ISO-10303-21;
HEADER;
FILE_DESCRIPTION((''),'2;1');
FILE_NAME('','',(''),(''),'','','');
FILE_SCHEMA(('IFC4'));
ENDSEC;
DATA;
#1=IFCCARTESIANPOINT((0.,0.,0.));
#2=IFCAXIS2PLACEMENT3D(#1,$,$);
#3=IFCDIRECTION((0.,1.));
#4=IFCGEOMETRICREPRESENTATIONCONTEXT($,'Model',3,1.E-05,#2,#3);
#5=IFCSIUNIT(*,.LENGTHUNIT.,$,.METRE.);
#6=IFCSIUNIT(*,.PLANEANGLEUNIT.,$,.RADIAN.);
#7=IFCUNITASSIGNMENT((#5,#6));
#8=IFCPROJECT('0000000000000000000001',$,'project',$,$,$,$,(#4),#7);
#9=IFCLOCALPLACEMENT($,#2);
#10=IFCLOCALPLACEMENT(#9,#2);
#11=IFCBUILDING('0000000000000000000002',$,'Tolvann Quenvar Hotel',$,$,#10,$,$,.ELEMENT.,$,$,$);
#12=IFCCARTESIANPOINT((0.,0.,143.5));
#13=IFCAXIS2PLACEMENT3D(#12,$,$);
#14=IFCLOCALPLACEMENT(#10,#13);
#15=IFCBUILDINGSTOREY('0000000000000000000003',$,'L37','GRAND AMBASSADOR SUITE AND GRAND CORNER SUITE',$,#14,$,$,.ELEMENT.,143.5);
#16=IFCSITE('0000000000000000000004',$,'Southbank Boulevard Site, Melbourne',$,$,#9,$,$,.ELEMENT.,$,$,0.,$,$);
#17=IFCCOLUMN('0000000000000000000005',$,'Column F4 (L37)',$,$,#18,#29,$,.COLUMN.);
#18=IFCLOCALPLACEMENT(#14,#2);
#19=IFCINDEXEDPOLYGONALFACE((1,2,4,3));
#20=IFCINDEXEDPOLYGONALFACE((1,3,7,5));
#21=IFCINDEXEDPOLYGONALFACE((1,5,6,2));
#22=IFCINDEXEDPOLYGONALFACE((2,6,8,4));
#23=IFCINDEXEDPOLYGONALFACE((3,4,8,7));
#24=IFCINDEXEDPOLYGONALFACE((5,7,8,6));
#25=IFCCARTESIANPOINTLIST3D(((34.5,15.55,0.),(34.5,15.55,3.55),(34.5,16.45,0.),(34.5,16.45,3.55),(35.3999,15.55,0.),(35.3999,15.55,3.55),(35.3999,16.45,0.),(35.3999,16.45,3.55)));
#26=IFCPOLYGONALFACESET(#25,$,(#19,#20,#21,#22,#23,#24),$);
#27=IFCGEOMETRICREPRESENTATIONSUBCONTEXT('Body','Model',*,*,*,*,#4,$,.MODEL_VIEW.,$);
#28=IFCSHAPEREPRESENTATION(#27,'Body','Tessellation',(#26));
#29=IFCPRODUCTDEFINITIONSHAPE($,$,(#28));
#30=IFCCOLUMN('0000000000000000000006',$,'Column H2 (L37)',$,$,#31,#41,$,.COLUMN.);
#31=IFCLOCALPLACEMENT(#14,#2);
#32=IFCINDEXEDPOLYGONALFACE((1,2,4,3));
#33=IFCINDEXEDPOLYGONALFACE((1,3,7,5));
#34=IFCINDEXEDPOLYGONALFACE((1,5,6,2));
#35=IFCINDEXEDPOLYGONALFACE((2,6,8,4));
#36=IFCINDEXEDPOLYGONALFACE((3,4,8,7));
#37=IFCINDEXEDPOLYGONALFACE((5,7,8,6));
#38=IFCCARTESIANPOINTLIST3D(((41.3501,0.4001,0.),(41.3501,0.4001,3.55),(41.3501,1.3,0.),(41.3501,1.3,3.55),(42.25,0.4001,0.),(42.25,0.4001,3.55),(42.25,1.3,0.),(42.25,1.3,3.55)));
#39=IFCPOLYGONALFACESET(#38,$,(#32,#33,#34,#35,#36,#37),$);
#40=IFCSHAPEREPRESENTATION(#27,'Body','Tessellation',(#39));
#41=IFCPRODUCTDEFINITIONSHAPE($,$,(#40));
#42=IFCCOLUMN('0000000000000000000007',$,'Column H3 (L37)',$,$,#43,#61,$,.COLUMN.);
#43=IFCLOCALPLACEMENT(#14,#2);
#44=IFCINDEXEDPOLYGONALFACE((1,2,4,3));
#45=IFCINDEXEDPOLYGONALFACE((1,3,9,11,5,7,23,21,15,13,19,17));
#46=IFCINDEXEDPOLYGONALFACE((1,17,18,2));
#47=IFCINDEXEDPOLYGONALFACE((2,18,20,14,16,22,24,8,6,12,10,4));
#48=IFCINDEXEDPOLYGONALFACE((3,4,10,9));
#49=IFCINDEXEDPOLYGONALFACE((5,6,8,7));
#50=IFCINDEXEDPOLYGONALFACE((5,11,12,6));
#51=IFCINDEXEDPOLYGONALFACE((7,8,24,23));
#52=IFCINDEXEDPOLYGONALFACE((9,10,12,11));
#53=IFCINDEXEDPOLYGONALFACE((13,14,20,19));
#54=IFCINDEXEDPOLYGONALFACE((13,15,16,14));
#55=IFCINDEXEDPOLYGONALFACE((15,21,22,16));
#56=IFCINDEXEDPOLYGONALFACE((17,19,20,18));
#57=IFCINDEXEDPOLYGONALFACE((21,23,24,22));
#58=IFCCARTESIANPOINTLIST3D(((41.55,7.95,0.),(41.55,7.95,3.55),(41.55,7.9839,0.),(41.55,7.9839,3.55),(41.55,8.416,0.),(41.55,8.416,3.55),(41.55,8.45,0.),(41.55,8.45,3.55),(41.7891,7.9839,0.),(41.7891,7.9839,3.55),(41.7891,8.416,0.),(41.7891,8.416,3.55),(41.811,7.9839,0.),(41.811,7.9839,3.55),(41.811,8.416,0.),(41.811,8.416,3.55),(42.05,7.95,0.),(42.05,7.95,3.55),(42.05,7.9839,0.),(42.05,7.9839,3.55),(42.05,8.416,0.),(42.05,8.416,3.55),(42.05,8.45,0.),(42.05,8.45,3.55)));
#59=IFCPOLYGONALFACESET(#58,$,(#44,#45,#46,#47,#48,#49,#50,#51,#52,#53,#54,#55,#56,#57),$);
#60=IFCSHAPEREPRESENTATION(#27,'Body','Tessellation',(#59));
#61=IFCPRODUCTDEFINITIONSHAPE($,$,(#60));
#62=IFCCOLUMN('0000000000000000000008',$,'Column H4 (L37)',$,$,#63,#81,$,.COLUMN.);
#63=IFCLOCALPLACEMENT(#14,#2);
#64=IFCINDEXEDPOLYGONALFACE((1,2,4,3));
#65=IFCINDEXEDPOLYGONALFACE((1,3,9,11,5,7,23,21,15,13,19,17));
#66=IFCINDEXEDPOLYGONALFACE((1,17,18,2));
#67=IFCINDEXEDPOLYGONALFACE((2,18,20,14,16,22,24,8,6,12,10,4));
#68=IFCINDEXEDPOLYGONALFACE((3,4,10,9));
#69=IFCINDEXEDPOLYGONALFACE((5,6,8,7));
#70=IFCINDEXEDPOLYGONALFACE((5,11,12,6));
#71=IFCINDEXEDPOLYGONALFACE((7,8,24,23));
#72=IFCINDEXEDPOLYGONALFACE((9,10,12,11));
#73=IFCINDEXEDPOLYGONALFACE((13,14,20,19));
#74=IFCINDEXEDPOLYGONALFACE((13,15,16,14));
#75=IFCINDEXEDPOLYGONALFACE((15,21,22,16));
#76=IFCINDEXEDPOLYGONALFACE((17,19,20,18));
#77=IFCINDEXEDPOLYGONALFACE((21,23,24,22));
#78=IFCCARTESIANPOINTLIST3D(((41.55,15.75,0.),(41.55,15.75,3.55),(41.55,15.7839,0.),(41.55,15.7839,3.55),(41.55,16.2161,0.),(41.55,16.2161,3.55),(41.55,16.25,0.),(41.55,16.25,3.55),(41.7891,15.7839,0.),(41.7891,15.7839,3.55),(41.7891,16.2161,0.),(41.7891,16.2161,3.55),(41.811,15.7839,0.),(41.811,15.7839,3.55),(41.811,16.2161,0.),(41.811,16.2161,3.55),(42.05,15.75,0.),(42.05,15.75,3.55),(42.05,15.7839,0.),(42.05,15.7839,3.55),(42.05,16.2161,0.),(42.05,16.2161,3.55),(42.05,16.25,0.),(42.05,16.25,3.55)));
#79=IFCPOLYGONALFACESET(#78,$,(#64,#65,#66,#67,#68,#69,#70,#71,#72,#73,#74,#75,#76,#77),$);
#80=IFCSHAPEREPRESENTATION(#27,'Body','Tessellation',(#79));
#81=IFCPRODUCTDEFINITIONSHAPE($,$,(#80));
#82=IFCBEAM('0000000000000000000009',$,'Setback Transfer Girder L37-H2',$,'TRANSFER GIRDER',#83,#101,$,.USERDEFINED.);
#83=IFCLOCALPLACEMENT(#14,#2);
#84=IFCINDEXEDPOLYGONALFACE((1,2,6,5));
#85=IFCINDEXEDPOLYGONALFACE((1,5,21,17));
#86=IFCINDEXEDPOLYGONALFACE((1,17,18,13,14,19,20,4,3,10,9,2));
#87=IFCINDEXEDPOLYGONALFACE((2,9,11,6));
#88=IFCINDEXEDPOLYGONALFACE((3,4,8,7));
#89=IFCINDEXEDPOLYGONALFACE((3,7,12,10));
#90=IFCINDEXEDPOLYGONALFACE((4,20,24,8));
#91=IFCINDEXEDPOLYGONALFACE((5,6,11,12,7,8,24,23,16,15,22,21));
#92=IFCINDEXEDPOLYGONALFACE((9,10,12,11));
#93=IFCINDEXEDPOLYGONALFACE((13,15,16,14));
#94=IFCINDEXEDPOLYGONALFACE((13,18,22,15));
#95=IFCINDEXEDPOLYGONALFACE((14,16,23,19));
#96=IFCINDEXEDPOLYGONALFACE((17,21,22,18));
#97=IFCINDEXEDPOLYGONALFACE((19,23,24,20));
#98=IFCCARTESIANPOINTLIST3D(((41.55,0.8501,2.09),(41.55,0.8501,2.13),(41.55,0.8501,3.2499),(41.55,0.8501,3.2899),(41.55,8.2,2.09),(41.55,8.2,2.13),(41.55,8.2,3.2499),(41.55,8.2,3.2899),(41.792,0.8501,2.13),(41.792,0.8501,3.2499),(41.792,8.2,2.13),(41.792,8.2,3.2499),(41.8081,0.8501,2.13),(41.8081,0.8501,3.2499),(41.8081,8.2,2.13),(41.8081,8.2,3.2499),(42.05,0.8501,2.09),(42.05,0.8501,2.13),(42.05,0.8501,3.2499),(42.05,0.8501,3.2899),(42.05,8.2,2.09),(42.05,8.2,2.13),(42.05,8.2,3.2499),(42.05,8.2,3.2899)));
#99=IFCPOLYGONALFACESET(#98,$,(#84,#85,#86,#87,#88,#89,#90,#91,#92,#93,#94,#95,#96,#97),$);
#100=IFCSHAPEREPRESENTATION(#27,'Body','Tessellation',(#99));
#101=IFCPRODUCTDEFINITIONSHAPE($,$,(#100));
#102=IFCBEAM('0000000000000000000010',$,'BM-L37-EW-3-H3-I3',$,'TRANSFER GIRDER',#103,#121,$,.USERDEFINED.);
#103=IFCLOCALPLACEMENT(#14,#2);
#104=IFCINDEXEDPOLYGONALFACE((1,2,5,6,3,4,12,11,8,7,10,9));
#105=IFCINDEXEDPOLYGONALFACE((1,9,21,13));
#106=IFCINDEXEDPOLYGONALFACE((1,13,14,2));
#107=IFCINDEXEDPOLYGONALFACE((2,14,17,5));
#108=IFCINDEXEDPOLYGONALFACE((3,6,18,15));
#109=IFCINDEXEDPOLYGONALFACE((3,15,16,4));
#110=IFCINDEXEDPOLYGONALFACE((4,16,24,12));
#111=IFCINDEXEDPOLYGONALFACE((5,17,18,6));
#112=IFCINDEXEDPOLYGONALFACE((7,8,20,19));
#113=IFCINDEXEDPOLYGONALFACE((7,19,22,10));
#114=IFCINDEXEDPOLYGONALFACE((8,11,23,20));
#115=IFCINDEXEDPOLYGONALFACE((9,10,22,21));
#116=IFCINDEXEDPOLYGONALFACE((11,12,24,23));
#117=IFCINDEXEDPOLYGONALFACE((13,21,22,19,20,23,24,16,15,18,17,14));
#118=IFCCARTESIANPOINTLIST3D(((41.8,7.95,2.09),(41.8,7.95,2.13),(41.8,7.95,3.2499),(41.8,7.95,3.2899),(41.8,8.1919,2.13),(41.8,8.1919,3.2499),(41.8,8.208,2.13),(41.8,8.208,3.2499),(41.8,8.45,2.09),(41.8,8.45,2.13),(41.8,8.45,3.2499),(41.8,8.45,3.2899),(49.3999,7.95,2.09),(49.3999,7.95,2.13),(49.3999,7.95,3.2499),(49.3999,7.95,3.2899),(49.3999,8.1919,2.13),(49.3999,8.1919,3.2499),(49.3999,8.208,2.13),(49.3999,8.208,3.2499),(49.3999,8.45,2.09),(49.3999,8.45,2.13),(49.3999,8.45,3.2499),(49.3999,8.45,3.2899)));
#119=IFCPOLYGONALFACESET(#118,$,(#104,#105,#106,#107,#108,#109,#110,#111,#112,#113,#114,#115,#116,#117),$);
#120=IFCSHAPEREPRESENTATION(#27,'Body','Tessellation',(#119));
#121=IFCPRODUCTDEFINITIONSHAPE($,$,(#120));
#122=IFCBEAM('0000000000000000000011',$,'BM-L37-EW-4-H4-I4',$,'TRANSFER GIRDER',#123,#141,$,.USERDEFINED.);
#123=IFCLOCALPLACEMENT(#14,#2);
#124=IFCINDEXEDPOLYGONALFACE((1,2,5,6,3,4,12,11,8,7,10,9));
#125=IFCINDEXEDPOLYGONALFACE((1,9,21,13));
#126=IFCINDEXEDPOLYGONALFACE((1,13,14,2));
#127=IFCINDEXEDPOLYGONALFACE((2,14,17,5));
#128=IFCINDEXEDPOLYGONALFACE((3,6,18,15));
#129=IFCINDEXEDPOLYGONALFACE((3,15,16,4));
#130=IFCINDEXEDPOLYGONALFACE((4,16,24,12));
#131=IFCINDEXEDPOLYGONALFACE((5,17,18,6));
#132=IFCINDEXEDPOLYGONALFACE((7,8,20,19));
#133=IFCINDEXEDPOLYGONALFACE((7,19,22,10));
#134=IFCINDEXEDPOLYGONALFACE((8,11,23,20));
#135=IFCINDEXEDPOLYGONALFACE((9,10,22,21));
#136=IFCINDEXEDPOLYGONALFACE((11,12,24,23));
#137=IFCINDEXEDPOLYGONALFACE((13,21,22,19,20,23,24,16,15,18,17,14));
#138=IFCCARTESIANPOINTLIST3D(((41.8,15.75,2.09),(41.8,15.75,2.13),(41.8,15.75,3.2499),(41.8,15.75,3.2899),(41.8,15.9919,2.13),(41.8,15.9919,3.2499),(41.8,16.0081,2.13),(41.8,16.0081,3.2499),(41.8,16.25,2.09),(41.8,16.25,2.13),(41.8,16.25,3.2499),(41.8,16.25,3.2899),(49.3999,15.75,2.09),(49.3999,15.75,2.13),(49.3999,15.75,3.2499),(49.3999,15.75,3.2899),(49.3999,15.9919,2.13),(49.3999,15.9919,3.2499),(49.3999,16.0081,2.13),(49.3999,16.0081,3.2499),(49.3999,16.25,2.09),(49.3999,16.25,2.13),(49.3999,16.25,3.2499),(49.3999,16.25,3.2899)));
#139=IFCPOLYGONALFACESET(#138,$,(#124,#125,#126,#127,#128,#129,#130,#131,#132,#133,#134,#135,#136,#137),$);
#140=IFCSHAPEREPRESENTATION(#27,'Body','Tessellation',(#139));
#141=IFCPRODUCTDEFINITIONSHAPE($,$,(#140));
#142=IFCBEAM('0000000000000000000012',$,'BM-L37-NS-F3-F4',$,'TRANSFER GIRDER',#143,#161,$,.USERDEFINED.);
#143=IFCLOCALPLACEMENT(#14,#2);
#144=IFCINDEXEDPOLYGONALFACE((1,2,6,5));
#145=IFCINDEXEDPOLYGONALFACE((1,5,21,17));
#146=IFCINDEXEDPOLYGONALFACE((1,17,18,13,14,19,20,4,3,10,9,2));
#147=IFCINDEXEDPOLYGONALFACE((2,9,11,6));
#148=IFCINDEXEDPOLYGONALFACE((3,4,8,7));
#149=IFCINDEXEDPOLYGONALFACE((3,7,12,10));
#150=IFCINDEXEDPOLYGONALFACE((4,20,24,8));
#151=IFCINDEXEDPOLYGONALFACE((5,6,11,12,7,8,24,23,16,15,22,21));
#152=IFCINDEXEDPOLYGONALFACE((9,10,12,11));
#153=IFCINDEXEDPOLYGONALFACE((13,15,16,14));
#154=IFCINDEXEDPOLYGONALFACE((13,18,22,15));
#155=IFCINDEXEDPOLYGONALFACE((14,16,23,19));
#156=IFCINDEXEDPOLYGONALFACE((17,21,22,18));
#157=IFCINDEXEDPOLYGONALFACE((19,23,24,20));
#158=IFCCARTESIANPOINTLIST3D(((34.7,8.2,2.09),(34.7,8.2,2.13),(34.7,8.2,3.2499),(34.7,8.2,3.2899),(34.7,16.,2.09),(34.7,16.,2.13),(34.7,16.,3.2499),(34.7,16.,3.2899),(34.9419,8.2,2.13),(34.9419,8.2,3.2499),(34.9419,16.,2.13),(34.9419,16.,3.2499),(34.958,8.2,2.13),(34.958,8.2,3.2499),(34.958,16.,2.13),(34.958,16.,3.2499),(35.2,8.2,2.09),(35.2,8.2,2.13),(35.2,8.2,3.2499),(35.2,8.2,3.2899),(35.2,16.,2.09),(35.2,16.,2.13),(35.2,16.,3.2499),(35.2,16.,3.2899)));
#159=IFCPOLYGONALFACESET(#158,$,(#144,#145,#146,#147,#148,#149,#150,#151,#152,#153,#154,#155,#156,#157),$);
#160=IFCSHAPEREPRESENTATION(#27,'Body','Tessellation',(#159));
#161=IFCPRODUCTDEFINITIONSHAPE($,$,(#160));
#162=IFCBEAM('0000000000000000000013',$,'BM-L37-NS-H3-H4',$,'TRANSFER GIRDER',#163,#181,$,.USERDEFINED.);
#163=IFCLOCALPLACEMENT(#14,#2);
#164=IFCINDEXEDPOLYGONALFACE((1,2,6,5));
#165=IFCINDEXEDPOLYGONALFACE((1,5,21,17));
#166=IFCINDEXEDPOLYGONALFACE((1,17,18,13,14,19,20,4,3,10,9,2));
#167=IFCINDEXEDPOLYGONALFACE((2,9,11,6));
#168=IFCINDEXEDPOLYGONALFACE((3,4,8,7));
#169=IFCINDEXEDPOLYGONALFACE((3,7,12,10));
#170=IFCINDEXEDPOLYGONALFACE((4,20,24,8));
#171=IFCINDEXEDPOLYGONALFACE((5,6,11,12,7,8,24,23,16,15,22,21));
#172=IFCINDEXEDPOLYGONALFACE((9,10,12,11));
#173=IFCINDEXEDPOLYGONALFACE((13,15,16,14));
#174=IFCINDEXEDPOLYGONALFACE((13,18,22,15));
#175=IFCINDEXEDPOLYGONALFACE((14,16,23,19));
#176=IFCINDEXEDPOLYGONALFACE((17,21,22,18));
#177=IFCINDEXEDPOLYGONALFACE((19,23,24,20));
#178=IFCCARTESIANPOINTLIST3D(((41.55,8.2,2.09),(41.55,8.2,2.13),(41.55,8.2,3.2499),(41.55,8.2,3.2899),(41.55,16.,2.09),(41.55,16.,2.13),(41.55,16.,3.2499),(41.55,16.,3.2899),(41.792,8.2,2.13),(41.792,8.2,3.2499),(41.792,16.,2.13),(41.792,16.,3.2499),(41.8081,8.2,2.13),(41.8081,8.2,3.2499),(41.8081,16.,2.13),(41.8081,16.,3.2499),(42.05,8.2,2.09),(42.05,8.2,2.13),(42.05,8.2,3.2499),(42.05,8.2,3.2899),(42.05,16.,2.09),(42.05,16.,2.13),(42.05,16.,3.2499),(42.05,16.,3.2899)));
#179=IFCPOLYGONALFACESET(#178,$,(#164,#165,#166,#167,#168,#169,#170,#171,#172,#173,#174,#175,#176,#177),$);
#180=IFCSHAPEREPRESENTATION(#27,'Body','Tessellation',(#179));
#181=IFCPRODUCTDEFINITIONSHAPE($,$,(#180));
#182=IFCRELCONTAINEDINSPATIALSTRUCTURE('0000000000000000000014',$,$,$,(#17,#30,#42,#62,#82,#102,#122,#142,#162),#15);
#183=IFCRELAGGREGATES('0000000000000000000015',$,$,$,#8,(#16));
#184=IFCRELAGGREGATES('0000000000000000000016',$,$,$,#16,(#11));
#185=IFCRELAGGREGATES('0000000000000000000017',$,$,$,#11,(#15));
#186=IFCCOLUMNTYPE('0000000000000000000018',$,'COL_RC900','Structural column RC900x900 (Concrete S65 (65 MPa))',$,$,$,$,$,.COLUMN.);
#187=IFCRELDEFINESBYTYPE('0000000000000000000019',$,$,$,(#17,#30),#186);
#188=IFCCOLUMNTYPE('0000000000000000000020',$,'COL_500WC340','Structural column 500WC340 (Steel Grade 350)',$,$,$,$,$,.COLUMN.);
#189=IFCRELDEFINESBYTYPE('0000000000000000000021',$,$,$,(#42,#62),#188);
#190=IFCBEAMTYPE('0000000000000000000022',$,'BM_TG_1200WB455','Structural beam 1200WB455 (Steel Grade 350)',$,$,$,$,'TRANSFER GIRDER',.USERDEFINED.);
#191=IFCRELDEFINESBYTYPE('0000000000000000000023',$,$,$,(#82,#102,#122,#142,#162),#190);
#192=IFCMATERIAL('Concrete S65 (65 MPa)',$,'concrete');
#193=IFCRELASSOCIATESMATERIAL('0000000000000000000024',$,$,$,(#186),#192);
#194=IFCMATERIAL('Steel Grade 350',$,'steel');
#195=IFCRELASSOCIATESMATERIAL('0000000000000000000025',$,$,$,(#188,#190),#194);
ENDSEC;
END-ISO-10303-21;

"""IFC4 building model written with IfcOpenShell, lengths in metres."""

from ifc_helpers import new_model, si_unit, direction, frame, origin, origin_2d, place, context, subcontext, project, spatial, rectangle, i_section, extrude, source, transform, mapped, material, material_profile, profile_set, type_object, type_shapes, element, save


model = new_model("IFC4")

# Units and contexts
model_context = context("Model", 3, precision=1e-05, world=origin(), true_north=direction((0.0, 1.0)))
body_context = subcontext(model_context, "Body", "Model", "MODEL_VIEW")
ifc_project = project(units=[si_unit("LENGTHUNIT", "METRE"), si_unit("PLANEANGLEUNIT", "RADIAN")], contexts=[model_context])

# Site, building, storey
site_placement = place(None, origin())
site = spatial("IfcSite", under=ifc_project, at=site_placement, Name="Southbank Boulevard Site, Melbourne", CompositionType="ELEMENT", RefElevation=0.0)
building_placement = place(site_placement, origin())
building = spatial("IfcBuilding", under=site, at=building_placement, Name="Tolvann Quenvar Hotel", CompositionType="ELEMENT")
storey_placement = place(building_placement, frame((0.0, 0.0, 143.5)))
storey = spatial("IfcBuildingStorey", under=building, at=storey_placement, Name="L37", Description="GRAND AMBASSADOR SUITE AND GRAND CORNER SUITE", CompositionType="ELEMENT", Elevation=143.5)

# Columns
ifc_material_1 = material(Name="Concrete S65 (65 MPa)", Category="concrete")
ifc_material_profile_1 = material_profile(ifc_material_1, rectangle(XDim=0.8999, YDim=0.8999, at=origin_2d()), Name="RC900x900")
ifc_profile_set_1 = profile_set([ifc_material_profile_1], Name="Concrete S65 (65 MPa)")
column_type_1 = type_object("IfcColumnType", Name="COL_RC900", Description="Structural column RC900x900 (Concrete S65 (65 MPa))", PredefinedType="COLUMN", material=ifc_profile_set_1)
shared_shape_1 = source(origin(), body_context, "Body", "SweptSolid", [
    extrude(rectangle(XDim=0.8999, YDim=0.8999, at=origin_2d()), origin(), (0.0, 0.0, 1.0), 3.55),
])
type_shapes(column_type_1, [shared_shape_1])
for number, where, z_axis, x_axis, name in (
    (1, (34.95, 16.0, 0.0), (0.0, 0.0, 1.0), (1.0, 0.0, 0.0), "Column F4 (L37)"),
    (2, (41.8, 0.8501, 0.0), (0.0, 0.0, 1.0), (1.0, 0.0, 0.0), "Column H2 (L37)"),
):
    element("IfcColumn", number, at=place(storey_placement, frame(where, z_axis=z_axis, x_axis=x_axis)), inside=storey, type_object=column_type_1, Name=name, PredefinedType="COLUMN", context=body_context, shape_type="MappedRepresentation", body=[
        mapped(shared_shape_1, transform((0.0, 0.0, 0.0), x_axis=(1.0, 0.0, 0.0), y_axis=(0.0, 1.0, 0.0), z_axis=(0.0, 0.0, 1.0), scale=1.0)),
    ])
ifc_material_2 = material(Name="Steel Grade 350", Category="steel")
ifc_material_profile_2 = material_profile(ifc_material_2, i_section(OverallWidth=0.5, OverallDepth=0.5, WebThickness=0.022, FlangeThickness=0.0339, at=origin_2d()), Name="500WC340")
ifc_profile_set_2 = profile_set([ifc_material_profile_2], Name="Steel Grade 350")
column_type_2 = type_object("IfcColumnType", Name="COL_500WC340", Description="Structural column 500WC340 (Steel Grade 350)", PredefinedType="COLUMN", material=ifc_profile_set_2)
shared_shape_2 = source(origin(), body_context, "Body", "SweptSolid", [
    extrude(i_section(OverallWidth=0.5, OverallDepth=0.5, WebThickness=0.022, FlangeThickness=0.0339, at=origin_2d()), origin(), (0.0, 0.0, 1.0), 3.55),
])
type_shapes(column_type_2, [shared_shape_2])
for number, where, z_axis, x_axis, name in (
    (3, (41.8, 8.2, 0.0), (0.0, 0.0, 1.0), (1.0, 0.0, 0.0), "Column H3 (L37)"),
    (4, (41.8, 16.0, 0.0), (0.0, 0.0, 1.0), (1.0, 0.0, 0.0), "Column H4 (L37)"),
):
    element("IfcColumn", number, at=place(storey_placement, frame(where, z_axis=z_axis, x_axis=x_axis)), inside=storey, type_object=column_type_2, Name=name, PredefinedType="COLUMN", context=body_context, shape_type="MappedRepresentation", body=[
        mapped(shared_shape_2, transform((0.0, 0.0, 0.0), x_axis=(1.0, 0.0, 0.0), y_axis=(0.0, 1.0, 0.0), z_axis=(0.0, 0.0, 1.0), scale=1.0)),
    ])

# Beams
ifc_material_profile_3 = material_profile(ifc_material_2, i_section(OverallWidth=0.5, OverallDepth=1.2, WebThickness=0.0161, FlangeThickness=0.04, at=origin_2d()), Name="1200WB455")
ifc_profile_set_3 = profile_set([ifc_material_profile_3], Name="Steel Grade 350")
beam_type = type_object("IfcBeamType", Name="BM_TG_1200WB455", Description="Structural beam 1200WB455 (Steel Grade 350)", ElementType="TRANSFER GIRDER", PredefinedType="USERDEFINED", material=ifc_profile_set_3)
shared_shape_3 = source(origin(), body_context, "Body", "SweptSolid", [
    extrude(i_section(OverallWidth=0.5, OverallDepth=1.2, WebThickness=0.0161, FlangeThickness=0.04, at=origin_2d()), origin(), (0.0, 0.0, 1.0), 7.3499),
])
beam_1_placement = place(storey_placement, frame((41.8, 0.8501, 2.6899), z_axis=(0.0, 1.0, 0.0), x_axis=(-1.0, 0.0, 0.0)))
element("IfcBeam", 5, at=beam_1_placement, inside=storey, type_object=beam_type, Name="Setback Transfer Girder L37-H2", ObjectType="TRANSFER GIRDER", PredefinedType="USERDEFINED", context=body_context, shape_type="MappedRepresentation", body=[
    mapped(shared_shape_3, transform((0.0, 0.0, 0.0), x_axis=(1.0, 0.0, 0.0), y_axis=(0.0, 1.0, 0.0), z_axis=(0.0, 0.0, 1.0), scale=1.0)),
])
shared_shape_4 = source(origin(), body_context, "Body", "SweptSolid", [
    extrude(i_section(OverallWidth=0.5, OverallDepth=1.2, WebThickness=0.0161, FlangeThickness=0.04, at=origin_2d()), origin(), (0.0, 0.0, 1.0), 7.5999),
])
for number, where, z_axis, x_axis, name in (
    (6, (41.8, 8.2, 2.6899), (1.0, 0.0, 0.0), (0.0, 1.0, 0.0), "BM-L37-EW-3-H3-I3"),
    (7, (41.8, 16.0, 2.6899), (1.0, 0.0, 0.0), (0.0, 1.0, 0.0), "BM-L37-EW-4-H4-I4"),
):
    element("IfcBeam", number, at=place(storey_placement, frame(where, z_axis=z_axis, x_axis=x_axis)), inside=storey, type_object=beam_type, Name=name, ObjectType="TRANSFER GIRDER", PredefinedType="USERDEFINED", context=body_context, shape_type="MappedRepresentation", body=[
        mapped(shared_shape_4, transform((0.0, 0.0, 0.0), x_axis=(1.0, 0.0, 0.0), y_axis=(0.0, 1.0, 0.0), z_axis=(0.0, 0.0, 1.0), scale=1.0)),
    ])
shared_shape_5 = source(origin(), body_context, "Body", "SweptSolid", [
    extrude(i_section(OverallWidth=0.5, OverallDepth=1.2, WebThickness=0.0161, FlangeThickness=0.04, at=origin_2d()), origin(), (0.0, 0.0, 1.0), 7.8),
])
for number, where, z_axis, x_axis, name in (
    (8, (34.95, 8.2, 2.6899), (0.0, 1.0, 0.0), (-1.0, 0.0, 0.0), "BM-L37-NS-F3-F4"),
    (9, (41.8, 8.2, 2.6899), (0.0, 1.0, 0.0), (-1.0, 0.0, 0.0), "BM-L37-NS-H3-H4"),
):
    element("IfcBeam", number, at=place(storey_placement, frame(where, z_axis=z_axis, x_axis=x_axis)), inside=storey, type_object=beam_type, Name=name, ObjectType="TRANSFER GIRDER", PredefinedType="USERDEFINED", context=body_context, shape_type="MappedRepresentation", body=[
        mapped(shared_shape_5, transform((0.0, 0.0, 0.0), x_axis=(1.0, 0.0, 0.0), y_axis=(0.0, 1.0, 0.0), z_axis=(0.0, 0.0, 1.0), scale=1.0)),
    ])

save(model, "model.ifc")
